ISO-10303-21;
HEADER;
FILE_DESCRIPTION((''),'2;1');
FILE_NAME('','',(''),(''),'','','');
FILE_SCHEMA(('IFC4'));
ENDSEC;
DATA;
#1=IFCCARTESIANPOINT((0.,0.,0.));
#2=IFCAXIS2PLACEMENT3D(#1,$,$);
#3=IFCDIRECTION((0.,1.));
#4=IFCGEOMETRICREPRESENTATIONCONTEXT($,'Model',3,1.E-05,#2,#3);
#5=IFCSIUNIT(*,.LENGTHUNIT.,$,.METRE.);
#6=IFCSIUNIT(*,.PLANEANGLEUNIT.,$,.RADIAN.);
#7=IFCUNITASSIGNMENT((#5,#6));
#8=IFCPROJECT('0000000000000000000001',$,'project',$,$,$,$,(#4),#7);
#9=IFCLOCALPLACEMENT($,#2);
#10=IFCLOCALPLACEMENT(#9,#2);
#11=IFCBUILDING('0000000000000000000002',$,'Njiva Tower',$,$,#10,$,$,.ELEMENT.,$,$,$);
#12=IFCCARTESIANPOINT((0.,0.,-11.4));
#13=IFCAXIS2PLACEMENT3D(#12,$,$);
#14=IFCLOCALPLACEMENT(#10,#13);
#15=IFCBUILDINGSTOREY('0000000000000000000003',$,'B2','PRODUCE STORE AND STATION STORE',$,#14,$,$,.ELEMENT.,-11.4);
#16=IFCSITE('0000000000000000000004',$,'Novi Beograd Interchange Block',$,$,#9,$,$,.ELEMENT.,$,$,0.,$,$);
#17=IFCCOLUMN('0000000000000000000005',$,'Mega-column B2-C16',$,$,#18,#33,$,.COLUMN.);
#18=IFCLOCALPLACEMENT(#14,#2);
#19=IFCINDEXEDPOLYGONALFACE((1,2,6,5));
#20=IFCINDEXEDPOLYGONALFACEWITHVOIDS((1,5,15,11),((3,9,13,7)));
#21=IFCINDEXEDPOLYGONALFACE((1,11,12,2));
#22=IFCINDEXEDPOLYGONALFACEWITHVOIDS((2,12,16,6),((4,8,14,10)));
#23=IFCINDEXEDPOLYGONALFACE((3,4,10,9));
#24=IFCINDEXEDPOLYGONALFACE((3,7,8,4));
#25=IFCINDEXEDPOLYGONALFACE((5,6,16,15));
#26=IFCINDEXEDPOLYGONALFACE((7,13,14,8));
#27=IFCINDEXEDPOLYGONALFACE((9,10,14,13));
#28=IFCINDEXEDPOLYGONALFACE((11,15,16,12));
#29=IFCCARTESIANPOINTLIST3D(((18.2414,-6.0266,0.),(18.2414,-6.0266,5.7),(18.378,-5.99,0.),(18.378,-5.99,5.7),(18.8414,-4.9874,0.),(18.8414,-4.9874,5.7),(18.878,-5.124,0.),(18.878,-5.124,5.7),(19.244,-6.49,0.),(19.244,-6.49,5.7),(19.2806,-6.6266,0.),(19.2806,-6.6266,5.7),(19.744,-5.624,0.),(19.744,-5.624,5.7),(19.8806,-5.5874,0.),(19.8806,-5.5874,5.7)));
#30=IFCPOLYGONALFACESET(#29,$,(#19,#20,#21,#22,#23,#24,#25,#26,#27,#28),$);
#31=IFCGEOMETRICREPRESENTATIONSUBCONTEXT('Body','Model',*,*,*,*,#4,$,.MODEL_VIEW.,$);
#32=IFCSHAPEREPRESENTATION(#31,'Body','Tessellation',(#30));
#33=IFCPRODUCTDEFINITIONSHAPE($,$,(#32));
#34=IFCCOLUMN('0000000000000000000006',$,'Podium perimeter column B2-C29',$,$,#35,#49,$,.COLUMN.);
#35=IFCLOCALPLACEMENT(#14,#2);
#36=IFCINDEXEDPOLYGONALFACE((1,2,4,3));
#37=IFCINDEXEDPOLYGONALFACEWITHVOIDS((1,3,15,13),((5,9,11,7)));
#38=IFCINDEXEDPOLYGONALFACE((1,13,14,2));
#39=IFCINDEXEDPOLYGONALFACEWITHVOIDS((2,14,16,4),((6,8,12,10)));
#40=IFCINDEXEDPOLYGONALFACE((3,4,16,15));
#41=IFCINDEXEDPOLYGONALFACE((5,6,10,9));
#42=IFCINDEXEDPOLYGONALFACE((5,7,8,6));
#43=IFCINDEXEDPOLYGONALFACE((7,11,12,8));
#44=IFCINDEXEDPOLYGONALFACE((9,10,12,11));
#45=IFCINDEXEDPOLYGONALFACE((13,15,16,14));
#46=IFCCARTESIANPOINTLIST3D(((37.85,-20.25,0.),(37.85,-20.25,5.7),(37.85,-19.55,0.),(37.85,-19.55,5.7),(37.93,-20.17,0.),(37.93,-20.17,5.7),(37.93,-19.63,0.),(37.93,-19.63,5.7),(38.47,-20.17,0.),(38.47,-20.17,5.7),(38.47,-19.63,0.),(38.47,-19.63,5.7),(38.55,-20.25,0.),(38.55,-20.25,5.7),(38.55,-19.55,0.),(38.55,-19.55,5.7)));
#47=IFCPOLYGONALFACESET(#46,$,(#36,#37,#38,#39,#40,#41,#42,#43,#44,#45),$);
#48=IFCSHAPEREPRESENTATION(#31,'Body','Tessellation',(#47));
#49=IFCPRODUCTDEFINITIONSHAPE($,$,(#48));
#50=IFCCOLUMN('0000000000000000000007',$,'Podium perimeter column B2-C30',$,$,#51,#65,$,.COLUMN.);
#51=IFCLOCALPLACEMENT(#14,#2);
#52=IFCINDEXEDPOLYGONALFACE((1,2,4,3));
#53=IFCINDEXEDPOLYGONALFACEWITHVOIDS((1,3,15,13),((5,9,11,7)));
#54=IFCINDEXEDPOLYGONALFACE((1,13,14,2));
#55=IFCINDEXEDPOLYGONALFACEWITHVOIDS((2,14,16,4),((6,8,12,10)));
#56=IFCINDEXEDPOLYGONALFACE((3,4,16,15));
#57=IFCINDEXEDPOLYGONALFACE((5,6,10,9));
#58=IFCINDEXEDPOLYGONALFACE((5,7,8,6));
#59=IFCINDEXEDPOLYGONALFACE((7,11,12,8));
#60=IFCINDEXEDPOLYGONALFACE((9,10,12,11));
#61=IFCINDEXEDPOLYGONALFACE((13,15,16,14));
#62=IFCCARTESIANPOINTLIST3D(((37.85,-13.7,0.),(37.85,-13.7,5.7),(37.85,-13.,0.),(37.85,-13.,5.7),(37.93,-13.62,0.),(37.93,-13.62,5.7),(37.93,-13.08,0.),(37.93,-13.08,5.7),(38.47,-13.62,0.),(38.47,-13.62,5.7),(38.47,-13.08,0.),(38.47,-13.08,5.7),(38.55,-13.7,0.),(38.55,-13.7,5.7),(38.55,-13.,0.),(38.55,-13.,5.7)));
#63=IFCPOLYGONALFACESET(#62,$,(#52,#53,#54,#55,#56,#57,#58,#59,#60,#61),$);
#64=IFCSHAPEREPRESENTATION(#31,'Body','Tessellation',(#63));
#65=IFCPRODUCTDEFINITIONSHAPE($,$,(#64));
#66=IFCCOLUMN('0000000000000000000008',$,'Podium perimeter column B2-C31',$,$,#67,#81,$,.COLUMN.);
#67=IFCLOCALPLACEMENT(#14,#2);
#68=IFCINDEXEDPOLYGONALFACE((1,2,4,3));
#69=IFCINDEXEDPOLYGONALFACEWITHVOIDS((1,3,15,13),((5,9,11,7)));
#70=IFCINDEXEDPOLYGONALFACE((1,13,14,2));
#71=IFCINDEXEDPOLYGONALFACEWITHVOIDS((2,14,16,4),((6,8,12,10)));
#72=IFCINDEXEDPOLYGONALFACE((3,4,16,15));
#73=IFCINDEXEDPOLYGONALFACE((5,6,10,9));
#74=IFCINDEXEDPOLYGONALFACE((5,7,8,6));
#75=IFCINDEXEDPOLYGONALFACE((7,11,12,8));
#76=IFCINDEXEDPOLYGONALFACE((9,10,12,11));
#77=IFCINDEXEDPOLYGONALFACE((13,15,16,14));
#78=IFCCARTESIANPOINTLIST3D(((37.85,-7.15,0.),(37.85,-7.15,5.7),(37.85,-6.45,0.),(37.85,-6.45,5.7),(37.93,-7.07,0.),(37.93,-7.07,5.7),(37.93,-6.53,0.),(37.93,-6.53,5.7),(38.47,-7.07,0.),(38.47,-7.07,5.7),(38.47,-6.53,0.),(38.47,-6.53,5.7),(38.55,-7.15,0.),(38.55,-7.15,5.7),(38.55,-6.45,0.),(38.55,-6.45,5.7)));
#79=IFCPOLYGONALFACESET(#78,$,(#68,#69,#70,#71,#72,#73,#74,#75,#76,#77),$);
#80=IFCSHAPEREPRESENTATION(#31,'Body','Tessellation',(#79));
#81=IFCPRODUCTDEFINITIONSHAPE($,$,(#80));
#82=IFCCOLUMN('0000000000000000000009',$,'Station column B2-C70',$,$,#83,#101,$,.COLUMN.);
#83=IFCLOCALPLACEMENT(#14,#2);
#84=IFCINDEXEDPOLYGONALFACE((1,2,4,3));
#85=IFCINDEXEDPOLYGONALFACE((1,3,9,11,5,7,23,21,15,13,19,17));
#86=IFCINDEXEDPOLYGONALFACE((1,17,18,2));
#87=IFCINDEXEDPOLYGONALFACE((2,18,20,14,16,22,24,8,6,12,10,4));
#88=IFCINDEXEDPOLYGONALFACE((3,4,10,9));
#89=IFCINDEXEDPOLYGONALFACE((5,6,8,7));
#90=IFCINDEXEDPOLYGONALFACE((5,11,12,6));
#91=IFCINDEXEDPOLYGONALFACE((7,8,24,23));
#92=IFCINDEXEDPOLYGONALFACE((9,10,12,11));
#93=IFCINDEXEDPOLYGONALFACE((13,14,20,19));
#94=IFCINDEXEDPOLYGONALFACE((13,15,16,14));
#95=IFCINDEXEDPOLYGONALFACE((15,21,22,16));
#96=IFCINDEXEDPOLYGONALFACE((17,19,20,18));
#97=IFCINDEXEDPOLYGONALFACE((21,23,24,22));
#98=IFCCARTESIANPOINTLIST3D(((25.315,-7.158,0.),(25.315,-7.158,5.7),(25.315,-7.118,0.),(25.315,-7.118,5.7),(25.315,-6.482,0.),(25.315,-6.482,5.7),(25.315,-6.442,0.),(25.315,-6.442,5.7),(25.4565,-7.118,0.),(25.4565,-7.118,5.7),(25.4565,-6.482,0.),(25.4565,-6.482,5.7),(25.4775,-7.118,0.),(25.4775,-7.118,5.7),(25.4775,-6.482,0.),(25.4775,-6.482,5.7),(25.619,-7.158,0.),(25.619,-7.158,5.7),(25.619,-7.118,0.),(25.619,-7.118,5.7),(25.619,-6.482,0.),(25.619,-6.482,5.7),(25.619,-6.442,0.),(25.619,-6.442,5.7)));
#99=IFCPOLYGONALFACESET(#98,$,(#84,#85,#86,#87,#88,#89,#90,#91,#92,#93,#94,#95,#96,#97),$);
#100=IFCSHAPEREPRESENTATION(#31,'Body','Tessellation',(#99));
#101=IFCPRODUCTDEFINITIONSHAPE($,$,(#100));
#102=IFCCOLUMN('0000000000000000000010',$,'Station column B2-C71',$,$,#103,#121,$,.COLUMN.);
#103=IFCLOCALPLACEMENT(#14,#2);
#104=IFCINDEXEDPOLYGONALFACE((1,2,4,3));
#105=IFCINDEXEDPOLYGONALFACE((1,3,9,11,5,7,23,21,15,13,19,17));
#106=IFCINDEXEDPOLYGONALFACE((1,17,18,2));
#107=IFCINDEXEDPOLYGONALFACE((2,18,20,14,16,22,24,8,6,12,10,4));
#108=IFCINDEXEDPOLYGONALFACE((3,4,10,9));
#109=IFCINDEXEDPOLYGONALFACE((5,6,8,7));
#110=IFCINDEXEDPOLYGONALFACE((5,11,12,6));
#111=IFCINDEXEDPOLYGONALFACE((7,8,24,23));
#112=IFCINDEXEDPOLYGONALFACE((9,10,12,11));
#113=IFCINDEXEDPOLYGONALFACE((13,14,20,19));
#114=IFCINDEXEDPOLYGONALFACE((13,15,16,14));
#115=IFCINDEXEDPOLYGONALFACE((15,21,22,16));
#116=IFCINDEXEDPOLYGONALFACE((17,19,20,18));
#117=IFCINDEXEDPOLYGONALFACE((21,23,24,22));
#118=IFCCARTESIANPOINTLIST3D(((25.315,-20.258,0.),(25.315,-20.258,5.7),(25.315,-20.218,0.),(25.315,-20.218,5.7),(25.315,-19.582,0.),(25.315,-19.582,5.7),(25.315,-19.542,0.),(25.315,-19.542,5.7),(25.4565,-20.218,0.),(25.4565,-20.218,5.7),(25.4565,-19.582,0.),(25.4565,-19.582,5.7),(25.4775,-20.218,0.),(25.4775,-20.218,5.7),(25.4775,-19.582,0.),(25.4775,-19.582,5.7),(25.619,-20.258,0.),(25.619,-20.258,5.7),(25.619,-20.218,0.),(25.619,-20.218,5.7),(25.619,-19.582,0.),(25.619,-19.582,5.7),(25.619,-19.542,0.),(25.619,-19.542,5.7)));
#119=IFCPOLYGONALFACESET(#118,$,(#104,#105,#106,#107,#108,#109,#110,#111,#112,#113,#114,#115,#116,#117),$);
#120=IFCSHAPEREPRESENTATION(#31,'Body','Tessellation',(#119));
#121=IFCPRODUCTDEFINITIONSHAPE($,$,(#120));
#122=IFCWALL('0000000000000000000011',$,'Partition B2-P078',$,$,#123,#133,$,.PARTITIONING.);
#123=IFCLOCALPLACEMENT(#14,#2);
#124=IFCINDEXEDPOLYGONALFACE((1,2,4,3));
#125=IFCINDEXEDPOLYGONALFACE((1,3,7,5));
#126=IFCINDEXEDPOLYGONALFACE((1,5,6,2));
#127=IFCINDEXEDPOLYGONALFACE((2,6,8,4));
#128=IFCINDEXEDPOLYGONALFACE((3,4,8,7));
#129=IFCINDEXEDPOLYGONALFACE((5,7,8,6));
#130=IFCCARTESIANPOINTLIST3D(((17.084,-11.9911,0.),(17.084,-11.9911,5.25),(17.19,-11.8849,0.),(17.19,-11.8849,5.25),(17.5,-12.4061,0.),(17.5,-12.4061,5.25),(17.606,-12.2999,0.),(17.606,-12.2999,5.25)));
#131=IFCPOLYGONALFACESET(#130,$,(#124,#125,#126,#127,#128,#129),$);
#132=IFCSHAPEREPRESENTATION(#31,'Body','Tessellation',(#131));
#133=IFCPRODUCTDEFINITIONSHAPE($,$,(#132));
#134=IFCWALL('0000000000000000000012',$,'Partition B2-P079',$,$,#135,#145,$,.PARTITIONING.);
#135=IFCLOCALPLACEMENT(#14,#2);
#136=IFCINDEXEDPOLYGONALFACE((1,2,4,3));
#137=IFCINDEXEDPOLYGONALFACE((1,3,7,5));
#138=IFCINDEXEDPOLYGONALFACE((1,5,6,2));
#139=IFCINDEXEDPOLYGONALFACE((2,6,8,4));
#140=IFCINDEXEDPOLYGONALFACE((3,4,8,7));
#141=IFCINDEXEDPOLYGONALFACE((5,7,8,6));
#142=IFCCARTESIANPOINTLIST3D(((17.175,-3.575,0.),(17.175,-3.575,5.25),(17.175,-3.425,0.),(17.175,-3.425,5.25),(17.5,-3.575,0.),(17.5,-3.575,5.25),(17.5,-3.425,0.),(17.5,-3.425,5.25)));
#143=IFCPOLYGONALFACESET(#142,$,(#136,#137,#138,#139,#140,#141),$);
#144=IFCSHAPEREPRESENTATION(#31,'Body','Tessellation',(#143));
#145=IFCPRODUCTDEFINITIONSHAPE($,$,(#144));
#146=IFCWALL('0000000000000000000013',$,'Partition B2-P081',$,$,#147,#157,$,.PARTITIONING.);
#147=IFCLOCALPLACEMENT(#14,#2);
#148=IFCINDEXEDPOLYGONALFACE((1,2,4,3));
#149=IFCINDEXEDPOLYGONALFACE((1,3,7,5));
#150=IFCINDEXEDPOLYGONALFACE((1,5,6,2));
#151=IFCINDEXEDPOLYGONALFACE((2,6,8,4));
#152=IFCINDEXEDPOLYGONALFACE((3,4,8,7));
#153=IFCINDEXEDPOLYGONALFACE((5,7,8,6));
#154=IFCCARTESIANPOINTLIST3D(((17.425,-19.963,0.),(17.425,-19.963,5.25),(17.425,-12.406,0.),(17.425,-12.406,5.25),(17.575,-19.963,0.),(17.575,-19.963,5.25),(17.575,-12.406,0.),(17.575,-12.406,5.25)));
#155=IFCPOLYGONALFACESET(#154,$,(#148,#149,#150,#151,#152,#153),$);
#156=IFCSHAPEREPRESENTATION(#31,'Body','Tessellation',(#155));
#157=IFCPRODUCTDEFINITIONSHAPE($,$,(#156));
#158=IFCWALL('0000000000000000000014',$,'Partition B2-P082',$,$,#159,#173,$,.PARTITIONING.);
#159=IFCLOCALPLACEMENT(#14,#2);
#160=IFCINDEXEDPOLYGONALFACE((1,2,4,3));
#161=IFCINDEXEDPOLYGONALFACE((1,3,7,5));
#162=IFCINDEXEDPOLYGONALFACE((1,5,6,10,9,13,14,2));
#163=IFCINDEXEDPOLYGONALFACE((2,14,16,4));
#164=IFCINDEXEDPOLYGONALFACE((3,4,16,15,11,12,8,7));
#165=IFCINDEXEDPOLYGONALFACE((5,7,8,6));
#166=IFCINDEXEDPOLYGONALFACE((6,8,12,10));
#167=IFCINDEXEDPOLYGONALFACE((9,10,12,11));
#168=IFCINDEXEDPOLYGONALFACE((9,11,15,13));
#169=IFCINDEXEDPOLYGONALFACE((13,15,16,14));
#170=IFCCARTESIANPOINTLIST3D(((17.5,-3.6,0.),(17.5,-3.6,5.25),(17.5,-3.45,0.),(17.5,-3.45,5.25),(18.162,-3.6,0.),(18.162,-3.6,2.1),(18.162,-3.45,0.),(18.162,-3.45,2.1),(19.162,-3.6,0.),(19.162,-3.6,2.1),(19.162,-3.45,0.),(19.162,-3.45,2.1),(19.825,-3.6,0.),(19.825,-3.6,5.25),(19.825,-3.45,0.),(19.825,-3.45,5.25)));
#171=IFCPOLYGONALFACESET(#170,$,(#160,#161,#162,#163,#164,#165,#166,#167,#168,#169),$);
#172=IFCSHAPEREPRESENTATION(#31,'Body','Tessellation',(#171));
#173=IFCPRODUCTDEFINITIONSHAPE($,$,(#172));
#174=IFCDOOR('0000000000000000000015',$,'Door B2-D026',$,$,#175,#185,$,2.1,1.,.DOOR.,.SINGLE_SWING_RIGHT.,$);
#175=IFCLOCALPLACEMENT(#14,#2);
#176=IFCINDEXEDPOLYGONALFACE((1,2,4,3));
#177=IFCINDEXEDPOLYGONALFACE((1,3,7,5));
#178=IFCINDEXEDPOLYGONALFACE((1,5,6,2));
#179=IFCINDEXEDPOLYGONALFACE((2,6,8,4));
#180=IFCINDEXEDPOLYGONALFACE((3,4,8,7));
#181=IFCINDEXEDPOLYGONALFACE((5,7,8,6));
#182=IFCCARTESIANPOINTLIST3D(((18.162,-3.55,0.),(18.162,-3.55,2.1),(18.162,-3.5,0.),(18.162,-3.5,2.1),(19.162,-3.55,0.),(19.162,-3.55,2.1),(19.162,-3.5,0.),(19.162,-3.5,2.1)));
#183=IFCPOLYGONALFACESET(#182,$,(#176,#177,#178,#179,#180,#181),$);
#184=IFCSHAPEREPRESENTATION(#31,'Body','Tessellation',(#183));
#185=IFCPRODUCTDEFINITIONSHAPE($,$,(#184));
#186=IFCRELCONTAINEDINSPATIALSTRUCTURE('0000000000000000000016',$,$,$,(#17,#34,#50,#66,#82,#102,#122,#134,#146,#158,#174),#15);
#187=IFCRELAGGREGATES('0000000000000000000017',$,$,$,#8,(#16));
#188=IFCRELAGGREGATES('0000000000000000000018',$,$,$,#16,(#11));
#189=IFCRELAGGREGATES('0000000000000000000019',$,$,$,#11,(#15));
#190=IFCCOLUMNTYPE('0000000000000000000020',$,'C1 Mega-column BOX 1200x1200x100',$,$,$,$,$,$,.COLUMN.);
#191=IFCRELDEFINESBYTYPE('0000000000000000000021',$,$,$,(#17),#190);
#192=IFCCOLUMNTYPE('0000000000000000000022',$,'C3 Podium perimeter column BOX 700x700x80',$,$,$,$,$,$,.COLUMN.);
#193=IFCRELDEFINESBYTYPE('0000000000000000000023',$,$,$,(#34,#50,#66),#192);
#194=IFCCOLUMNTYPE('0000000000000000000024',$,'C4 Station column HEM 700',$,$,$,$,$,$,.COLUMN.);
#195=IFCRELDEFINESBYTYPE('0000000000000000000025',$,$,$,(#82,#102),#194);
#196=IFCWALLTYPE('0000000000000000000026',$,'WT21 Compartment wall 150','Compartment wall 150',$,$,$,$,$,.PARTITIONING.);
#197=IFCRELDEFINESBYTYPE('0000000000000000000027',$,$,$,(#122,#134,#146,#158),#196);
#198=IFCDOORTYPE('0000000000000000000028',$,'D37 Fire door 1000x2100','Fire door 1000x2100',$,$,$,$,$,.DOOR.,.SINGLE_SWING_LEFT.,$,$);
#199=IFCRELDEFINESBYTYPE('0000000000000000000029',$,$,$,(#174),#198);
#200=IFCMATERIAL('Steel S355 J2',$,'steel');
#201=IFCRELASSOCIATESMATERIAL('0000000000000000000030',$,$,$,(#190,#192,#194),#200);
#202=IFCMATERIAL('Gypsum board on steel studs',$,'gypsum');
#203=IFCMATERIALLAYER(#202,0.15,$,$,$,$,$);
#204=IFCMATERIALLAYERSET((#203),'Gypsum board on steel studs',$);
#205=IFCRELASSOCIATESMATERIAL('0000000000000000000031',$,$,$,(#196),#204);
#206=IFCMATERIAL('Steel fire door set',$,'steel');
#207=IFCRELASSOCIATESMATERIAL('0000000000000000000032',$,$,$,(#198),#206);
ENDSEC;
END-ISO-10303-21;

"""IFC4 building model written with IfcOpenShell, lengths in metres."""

from ifc_helpers import new_model, si_unit, direction, frame, frame_2d, origin, origin_2d, place, context, subcontext, project, spatial, rectangle, hollow_rectangle, i_section, extrude, material, layer, layer_set, material_profile, profile_set, type_object, element, fill, save


model = new_model("IFC4")

# Units and contexts
model_context = context("Model", 3, precision=1e-05, world=origin(), true_north=direction((0.0, 1.0)))
body_context = subcontext(model_context, "Body", "Model", "MODEL_VIEW")
ifc_project = project(units=[si_unit("LENGTHUNIT", "METRE"), si_unit("PLANEANGLEUNIT", "RADIAN")], contexts=[model_context])

# Site, building, storey
site_placement = place(None, origin())
site = spatial("IfcSite", under=ifc_project, at=site_placement, Name="Novi Beograd Interchange Block", CompositionType="ELEMENT", RefElevation=0.0)
building_placement = place(site_placement, origin())
building = spatial("IfcBuilding", under=site, at=building_placement, Name="Njiva Tower", CompositionType="ELEMENT")
storey_placement = place(building_placement, frame((0.0, 0.0, -11.4)))
storey = spatial("IfcBuildingStorey", under=building, at=storey_placement, Name="B2", Description="PRODUCE STORE AND STATION STORE", CompositionType="ELEMENT", Elevation=-11.4)

# Columns
ifc_material_1 = material(Name="Steel S355 J2", Category="steel")
ifc_material_profile_1 = material_profile(ifc_material_1, hollow_rectangle(XDim=1.2, YDim=1.2, WallThickness=0.1, at=origin_2d()), Name="BOX 1200x1200x100")
ifc_profile_set_1 = profile_set([ifc_material_profile_1], Name="Steel S355 J2")
column_type_1 = type_object("IfcColumnType", Name="C1 Mega-column BOX 1200x1200x100", PredefinedType="COLUMN", material=ifc_profile_set_1)
column_placement = place(storey_placement, frame((19.061, -5.807, 0.0), z_axis=(0.0, 0.0, 1.0), x_axis=(0.5, 0.866025, 0.0)))
element("IfcColumn", 1, at=column_placement, inside=storey, type_object=column_type_1, Name="Mega-column B2-C16", PredefinedType="COLUMN", context=body_context, shape_type="SweptSolid", body=[
    extrude(hollow_rectangle(XDim=1.2, YDim=1.2, WallThickness=0.1, at=origin_2d()), origin(), (0.0, 0.0, 1.0), 5.7),
])
ifc_material_profile_2 = material_profile(ifc_material_1, hollow_rectangle(XDim=0.7, YDim=0.7, WallThickness=0.08, at=origin_2d()), Name="BOX 700x700x80")
ifc_profile_set_2 = profile_set([ifc_material_profile_2], Name="Steel S355 J2")
column_type_2 = type_object("IfcColumnType", Name="C3 Podium perimeter column BOX 700x700x80", PredefinedType="COLUMN", material=ifc_profile_set_2)
for number, where, z_axis, x_axis, name in (
    (2, (38.2, -19.9, 0.0), (0.0, 0.0, 1.0), (0.0, 1.0, 0.0), "Podium perimeter column B2-C29"),
    (3, (38.2, -13.35, 0.0), (0.0, 0.0, 1.0), (0.0, 1.0, 0.0), "Podium perimeter column B2-C30"),
    (4, (38.2, -6.8, 0.0), (0.0, 0.0, 1.0), (0.0, 1.0, 0.0), "Podium perimeter column B2-C31"),
):
    element("IfcColumn", number, at=place(storey_placement, frame(where, z_axis=z_axis, x_axis=x_axis)), inside=storey, type_object=column_type_2, Name=name, PredefinedType="COLUMN", context=body_context, shape_type="SweptSolid", body=[
        extrude(hollow_rectangle(XDim=0.7, YDim=0.7, WallThickness=0.08, at=origin_2d()), origin(), (0.0, 0.0, 1.0), 5.7),
    ])
ifc_material_profile_3 = material_profile(ifc_material_1, i_section(OverallWidth=0.304, OverallDepth=0.716, WebThickness=0.021, FlangeThickness=0.04, at=origin_2d()), Name="HEM 700")
ifc_profile_set_3 = profile_set([ifc_material_profile_3], Name="Steel S355 J2")
column_type_3 = type_object("IfcColumnType", Name="C4 Station column HEM 700", PredefinedType="COLUMN", material=ifc_profile_set_3)
for number, where, z_axis, x_axis, name in (
    (5, (25.467, -6.8, 0.0), (0.0, 0.0, 1.0), (1.0, 0.0, 0.0), "Station column B2-C70"),
    (6, (25.467, -19.9, 0.0), (0.0, 0.0, 1.0), (1.0, 0.0, 0.0), "Station column B2-C71"),
):
    element("IfcColumn", number, at=place(storey_placement, frame(where, z_axis=z_axis, x_axis=x_axis)), inside=storey, type_object=column_type_3, Name=name, PredefinedType="COLUMN", context=body_context, shape_type="SweptSolid", body=[
        extrude(i_section(OverallWidth=0.304, OverallDepth=0.716, WebThickness=0.021, FlangeThickness=0.04, at=origin_2d()), origin(), (0.0, 0.0, 1.0), 5.7),
    ])

# Walls
ifc_material_2 = material(Name="Gypsum board on steel studs", Category="gypsum")
ifc_layer_1 = layer(ifc_material_2, 0.15)
ifc_layer_set_1 = layer_set([ifc_layer_1], Name="Gypsum board on steel studs")
wall_type_1 = type_object("IfcWallType", Name="WT21 Compartment wall 150", Description="Compartment wall 150", PredefinedType="PARTITIONING", material=ifc_layer_set_1)
wall_1_placement = place(storey_placement, frame((17.137, -11.938, 0.0), z_axis=(0.0, 0.0, 1.0), x_axis=(0.707957, -0.706255, 0.0)))
element("IfcWall", 7, at=wall_1_placement, inside=storey, type_object=wall_type_1, Name="Partition B2-P078", PredefinedType="PARTITIONING", context=body_context, shape_type="SweptSolid", body=[
    extrude(rectangle(XDim=0.5876, YDim=0.15, at=frame_2d((0.2938, 0.0))), origin(), (0.0, 0.0, 1.0), 5.25),
])
wall_2_placement = place(storey_placement, frame((17.175, -3.5, 0.0), z_axis=(0.0, 0.0, 1.0), x_axis=(1.0, 0.0, 0.0)))
element("IfcWall", 8, at=wall_2_placement, inside=storey, type_object=wall_type_1, Name="Partition B2-P079", PredefinedType="PARTITIONING", context=body_context, shape_type="SweptSolid", body=[
    extrude(rectangle(XDim=0.325, YDim=0.15, at=frame_2d((0.1625, 0.0))), origin(), (0.0, 0.0, 1.0), 5.25),
])
wall_3_placement = place(storey_placement, frame((17.5, -19.963, 0.0), z_axis=(0.0, 0.0, 1.0), x_axis=(0.0, 1.0, 0.0)))
element("IfcWall", 9, at=wall_3_placement, inside=storey, type_object=wall_type_1, Name="Partition B2-P081", PredefinedType="PARTITIONING", context=body_context, shape_type="SweptSolid", body=[
    extrude(rectangle(XDim=7.557, YDim=0.15, at=frame_2d((3.7785, 0.0))), origin(), (0.0, 0.0, 1.0), 5.25),
])

# Wall, opening, door
wall_4_placement = place(storey_placement, frame((17.5, -3.525, 0.0), z_axis=(0.0, 0.0, 1.0), x_axis=(1.0, 0.0, 0.0)))
wall_4 = element("IfcWall", 10, at=wall_4_placement, inside=storey, type_object=wall_type_1, Name="Partition B2-P082", PredefinedType="PARTITIONING", context=body_context, shape_type="SweptSolid", body=[
    extrude(rectangle(XDim=2.325, YDim=0.15, at=frame_2d((1.1625, 0.0))), origin(), (0.0, 0.0, 1.0), 5.25),
])
opening_1_placement = place(wall_4_placement, frame((0.662, 0.0, 0.0)))
opening_1 = element("IfcOpeningElement", 11, at=opening_1_placement, cuts=wall_4, PredefinedType="OPENING", context=body_context, shape_type="SweptSolid", body=[
    extrude(rectangle(XDim=1.0, YDim=2.1, at=frame_2d((0.5, 1.05))), frame((0.0, 0.085, 0.0), z_axis=(0.0, -1.0, 0.0), x_axis=(1.0, 0.0, 0.0)), (0.0, 0.0, 1.0), 0.17),
])
ifc_material_3 = material(Name="Steel fire door set", Category="steel")
door_type_1 = type_object("IfcDoorType", Name="D37 Fire door 1000x2100", Description="Fire door 1000x2100", OperationType="SINGLE_SWING_LEFT", PredefinedType="DOOR", material=ifc_material_3)
door_1_placement = place(opening_1_placement, origin())
door_1 = element("IfcDoor", 12, at=door_1_placement, inside=storey, type_object=door_type_1, Name="Door B2-D026", OperationType="SINGLE_SWING_RIGHT", OverallHeight=2.1, OverallWidth=1.0, PredefinedType="DOOR", context=body_context, shape_type="SweptSolid", body=[
    extrude(rectangle(XDim=1.0, YDim=2.1, at=frame_2d((0.5, 1.05))), frame((0.0, 0.025, 0.0), z_axis=(0.0, -1.0, 0.0), x_axis=(1.0, 0.0, 0.0)), (0.0, 0.0, 1.0), 0.05),
])
fill(opening_1, door_1)

save(model, "model.ifc")
